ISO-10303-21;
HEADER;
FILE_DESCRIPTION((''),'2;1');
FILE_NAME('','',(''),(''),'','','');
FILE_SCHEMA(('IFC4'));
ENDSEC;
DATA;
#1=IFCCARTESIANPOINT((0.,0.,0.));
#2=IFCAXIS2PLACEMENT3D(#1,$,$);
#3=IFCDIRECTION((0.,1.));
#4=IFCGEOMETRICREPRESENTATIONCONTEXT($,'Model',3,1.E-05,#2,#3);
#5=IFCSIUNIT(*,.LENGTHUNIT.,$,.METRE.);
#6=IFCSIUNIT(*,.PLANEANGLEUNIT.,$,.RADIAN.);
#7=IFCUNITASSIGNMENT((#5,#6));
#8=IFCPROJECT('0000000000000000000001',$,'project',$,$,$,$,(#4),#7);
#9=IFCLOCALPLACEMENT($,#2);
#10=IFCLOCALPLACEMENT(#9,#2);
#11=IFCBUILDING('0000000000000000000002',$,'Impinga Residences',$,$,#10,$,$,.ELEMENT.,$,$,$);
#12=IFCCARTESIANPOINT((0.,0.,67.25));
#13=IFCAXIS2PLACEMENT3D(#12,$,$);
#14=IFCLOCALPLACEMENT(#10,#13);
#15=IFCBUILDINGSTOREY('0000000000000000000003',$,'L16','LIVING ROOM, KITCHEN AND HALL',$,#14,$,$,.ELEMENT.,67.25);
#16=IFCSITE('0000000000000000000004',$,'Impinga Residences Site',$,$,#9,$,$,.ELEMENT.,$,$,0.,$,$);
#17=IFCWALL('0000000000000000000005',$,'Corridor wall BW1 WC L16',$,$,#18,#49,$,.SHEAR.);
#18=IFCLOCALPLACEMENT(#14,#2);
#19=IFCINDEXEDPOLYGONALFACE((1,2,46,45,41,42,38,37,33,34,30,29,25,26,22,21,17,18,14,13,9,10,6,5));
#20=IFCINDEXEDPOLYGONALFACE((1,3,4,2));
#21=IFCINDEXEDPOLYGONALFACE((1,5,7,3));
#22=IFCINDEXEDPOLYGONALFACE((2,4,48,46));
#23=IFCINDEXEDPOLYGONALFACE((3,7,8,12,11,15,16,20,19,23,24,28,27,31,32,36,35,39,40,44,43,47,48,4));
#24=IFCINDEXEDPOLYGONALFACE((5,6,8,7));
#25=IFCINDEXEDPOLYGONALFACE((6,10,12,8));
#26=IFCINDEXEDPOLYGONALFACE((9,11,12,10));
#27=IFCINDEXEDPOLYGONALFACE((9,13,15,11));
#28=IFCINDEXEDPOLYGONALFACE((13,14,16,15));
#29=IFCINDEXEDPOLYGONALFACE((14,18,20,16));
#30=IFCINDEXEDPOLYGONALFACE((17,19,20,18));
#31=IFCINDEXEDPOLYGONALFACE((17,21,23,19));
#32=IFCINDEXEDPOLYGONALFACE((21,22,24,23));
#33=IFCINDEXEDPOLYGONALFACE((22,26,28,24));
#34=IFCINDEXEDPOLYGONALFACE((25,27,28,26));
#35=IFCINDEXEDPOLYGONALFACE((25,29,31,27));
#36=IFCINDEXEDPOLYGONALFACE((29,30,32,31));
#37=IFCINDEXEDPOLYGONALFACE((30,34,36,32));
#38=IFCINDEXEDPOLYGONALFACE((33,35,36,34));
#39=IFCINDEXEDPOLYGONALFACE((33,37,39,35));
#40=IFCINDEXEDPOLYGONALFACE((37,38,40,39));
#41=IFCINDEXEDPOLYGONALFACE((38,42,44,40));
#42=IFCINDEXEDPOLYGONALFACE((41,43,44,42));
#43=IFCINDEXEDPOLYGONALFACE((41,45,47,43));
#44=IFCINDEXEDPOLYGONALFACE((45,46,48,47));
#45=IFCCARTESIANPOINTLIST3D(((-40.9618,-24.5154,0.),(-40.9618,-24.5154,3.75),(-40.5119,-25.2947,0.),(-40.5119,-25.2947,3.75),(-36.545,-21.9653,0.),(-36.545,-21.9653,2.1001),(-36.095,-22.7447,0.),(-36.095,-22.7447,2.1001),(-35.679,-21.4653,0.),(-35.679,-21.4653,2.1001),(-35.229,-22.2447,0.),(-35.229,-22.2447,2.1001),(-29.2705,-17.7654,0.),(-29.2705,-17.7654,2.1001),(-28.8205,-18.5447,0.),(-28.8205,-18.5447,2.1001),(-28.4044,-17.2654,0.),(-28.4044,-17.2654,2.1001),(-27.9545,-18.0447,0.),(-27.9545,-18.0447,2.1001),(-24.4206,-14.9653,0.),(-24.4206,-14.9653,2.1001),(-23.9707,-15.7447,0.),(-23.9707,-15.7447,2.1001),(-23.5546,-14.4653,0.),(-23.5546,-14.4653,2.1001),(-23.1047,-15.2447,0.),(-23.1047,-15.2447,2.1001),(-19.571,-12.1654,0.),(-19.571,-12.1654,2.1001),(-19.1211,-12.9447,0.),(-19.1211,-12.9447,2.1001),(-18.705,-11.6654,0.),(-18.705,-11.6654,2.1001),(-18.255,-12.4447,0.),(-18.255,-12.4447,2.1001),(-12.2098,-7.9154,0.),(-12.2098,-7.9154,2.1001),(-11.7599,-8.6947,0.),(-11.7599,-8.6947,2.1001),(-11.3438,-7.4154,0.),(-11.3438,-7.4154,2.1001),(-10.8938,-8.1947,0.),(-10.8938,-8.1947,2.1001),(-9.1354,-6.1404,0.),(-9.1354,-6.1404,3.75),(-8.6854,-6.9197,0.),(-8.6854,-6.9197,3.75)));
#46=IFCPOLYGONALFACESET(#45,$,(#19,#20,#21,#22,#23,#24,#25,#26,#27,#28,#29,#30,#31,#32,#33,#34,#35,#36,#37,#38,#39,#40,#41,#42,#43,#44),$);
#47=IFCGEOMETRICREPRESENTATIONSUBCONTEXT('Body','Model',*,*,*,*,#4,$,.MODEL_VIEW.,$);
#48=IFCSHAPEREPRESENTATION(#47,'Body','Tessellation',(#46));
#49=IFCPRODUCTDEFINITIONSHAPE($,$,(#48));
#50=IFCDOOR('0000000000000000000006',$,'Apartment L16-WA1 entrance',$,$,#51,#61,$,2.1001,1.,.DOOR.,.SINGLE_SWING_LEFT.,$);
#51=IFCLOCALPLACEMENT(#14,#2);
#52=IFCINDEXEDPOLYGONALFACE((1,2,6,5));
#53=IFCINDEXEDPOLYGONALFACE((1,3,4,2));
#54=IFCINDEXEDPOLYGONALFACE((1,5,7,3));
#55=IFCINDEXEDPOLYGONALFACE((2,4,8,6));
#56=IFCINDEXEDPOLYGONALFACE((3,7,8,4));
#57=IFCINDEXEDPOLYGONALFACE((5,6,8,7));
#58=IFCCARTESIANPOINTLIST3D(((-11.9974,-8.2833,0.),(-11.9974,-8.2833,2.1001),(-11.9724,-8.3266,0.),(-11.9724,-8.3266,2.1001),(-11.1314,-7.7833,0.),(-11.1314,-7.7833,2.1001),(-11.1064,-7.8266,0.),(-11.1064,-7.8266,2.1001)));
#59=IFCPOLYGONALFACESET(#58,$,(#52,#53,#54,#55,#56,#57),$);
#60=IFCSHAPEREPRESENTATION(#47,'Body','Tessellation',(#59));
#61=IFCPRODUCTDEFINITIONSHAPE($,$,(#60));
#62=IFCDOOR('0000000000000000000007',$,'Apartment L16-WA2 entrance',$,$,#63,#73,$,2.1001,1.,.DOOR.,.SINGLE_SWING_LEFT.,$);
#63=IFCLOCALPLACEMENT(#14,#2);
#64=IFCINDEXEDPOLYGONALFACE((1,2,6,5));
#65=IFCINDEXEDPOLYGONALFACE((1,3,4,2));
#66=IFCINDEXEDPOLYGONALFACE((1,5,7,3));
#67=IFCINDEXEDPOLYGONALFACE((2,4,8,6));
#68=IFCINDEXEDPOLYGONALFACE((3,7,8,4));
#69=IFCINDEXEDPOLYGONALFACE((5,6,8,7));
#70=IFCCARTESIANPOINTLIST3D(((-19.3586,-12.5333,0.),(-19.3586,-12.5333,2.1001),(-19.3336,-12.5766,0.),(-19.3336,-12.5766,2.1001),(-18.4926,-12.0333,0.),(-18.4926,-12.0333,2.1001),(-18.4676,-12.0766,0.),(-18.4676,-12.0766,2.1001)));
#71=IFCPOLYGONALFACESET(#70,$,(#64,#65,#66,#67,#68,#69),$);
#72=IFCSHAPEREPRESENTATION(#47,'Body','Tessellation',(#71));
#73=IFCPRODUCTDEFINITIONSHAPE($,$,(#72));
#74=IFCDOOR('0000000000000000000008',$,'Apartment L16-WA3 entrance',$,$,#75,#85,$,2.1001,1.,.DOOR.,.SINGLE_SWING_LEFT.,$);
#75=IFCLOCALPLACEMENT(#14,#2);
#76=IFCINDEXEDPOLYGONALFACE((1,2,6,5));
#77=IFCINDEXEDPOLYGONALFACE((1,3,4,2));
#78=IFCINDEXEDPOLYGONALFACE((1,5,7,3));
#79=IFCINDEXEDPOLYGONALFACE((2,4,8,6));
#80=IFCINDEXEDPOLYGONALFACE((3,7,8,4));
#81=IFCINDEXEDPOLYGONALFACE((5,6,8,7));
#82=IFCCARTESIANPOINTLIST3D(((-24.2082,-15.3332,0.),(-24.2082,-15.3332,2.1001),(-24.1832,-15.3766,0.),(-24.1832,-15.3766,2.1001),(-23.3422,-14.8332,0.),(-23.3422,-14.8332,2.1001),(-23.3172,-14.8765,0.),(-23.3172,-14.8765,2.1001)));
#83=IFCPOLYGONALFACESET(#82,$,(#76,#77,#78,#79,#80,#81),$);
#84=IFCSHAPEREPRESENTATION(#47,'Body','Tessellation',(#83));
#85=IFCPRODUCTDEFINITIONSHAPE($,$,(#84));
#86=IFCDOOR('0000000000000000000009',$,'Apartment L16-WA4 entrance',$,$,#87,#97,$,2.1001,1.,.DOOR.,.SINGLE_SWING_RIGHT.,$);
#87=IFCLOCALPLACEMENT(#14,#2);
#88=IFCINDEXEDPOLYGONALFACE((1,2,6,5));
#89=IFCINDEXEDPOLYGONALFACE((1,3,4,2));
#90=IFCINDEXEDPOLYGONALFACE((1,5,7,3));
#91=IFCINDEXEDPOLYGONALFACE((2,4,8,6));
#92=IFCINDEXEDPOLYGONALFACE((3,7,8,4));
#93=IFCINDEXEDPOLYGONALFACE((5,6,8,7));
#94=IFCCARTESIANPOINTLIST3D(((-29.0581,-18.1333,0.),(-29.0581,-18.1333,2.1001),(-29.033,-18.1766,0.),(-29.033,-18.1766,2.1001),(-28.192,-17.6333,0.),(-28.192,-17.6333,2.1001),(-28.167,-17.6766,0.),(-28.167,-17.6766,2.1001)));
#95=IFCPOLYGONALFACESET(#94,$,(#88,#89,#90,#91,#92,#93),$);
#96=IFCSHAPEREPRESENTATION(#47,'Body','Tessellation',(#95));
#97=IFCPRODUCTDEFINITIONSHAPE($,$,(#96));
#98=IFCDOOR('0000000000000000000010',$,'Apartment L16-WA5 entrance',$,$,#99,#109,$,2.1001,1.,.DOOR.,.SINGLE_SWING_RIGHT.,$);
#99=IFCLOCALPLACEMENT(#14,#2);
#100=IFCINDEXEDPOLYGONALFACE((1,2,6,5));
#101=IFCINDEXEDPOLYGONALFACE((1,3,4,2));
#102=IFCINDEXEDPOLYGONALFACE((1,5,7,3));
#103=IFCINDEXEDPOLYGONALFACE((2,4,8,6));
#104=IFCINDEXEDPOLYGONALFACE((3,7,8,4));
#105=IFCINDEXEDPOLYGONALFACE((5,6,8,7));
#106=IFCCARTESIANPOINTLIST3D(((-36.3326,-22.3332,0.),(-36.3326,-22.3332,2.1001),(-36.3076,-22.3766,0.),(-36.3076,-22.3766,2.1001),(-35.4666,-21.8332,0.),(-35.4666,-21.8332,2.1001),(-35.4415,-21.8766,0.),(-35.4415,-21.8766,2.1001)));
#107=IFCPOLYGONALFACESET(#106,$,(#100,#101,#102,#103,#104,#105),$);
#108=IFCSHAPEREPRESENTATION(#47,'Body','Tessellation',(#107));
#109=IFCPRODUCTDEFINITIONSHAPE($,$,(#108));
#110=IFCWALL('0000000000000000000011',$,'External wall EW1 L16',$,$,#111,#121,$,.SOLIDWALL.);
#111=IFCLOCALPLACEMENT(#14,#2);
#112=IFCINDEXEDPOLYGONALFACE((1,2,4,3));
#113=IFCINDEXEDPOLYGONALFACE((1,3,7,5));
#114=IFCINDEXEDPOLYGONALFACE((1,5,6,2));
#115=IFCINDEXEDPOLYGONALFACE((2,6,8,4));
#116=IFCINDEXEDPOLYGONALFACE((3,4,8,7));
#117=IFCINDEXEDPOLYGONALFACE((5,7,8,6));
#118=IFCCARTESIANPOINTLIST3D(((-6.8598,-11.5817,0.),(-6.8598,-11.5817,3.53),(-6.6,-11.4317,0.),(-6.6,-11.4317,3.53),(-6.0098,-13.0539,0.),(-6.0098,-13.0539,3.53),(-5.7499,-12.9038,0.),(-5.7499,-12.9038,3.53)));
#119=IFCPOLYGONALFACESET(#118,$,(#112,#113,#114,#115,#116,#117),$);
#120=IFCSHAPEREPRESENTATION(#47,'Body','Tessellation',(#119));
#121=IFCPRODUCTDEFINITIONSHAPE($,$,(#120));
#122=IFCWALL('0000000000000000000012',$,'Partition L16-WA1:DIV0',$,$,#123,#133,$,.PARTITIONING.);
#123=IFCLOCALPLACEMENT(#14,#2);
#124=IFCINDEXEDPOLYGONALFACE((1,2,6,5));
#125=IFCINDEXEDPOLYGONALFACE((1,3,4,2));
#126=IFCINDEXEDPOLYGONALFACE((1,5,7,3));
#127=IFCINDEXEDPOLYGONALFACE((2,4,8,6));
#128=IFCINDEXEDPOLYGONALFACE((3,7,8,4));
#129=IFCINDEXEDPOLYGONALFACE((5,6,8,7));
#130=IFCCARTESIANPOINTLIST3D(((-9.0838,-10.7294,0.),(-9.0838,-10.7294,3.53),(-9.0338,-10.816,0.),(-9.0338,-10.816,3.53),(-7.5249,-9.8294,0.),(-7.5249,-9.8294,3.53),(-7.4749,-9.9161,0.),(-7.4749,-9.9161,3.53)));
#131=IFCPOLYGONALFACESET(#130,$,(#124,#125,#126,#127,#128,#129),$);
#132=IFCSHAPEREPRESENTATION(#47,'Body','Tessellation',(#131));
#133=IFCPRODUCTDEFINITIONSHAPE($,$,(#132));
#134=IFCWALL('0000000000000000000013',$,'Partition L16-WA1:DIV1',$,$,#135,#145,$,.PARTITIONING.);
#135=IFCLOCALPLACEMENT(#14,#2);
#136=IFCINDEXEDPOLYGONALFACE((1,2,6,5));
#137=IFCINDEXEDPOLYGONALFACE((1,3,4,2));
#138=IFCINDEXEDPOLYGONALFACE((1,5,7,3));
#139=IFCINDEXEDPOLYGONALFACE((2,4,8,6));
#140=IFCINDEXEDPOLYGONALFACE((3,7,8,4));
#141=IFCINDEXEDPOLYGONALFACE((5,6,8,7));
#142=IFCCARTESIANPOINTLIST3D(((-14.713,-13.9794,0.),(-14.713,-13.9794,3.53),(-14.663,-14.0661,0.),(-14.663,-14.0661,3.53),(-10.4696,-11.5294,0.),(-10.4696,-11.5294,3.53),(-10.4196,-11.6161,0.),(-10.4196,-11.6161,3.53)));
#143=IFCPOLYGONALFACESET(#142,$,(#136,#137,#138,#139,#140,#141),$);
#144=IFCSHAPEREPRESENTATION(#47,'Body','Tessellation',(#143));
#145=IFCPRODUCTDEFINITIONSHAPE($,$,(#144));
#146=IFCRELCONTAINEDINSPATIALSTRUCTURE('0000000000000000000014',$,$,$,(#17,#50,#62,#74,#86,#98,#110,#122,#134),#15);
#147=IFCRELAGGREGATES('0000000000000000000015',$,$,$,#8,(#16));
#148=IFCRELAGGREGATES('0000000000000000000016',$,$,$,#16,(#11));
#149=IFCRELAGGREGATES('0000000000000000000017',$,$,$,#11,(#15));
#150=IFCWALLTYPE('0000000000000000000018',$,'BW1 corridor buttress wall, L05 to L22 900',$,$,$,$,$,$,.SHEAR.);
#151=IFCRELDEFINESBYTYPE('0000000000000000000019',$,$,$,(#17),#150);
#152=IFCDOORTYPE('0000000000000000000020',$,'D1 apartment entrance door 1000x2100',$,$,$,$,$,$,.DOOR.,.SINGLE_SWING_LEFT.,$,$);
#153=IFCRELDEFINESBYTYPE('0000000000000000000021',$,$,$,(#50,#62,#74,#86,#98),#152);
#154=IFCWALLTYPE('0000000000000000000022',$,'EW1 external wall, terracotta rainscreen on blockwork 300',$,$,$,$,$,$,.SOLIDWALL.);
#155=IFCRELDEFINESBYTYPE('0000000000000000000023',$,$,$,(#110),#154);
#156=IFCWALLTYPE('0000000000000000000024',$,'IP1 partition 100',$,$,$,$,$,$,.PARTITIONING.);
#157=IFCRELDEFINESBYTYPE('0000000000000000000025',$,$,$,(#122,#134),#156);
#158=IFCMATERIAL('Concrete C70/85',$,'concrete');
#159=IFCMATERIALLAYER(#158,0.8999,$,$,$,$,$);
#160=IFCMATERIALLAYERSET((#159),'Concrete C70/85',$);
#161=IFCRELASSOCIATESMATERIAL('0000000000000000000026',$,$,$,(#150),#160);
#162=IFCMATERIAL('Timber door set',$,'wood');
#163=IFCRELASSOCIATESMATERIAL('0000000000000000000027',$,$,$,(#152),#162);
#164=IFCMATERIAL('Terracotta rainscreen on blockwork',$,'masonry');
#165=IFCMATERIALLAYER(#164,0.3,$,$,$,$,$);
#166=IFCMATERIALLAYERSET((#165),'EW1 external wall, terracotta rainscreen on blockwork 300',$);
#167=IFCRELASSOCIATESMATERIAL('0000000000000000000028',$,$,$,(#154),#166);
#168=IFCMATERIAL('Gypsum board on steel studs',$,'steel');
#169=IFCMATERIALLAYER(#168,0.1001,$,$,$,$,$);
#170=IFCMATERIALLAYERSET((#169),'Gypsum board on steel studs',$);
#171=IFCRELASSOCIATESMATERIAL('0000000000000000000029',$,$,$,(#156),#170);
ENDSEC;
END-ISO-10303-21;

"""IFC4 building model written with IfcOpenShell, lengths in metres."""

from ifc_helpers import new_model, si_unit, direction, frame, frame_2d, origin, place, context, subcontext, project, spatial, rectangle, extrude, material, layer, layer_set, type_object, element, fill, save


model = new_model("IFC4")

# Units and contexts
model_context = context("Model", 3, precision=1e-05, world=origin(), true_north=direction((0.0, 1.0)))
body_context = subcontext(model_context, "Body", "Model", "MODEL_VIEW")
ifc_project = project(units=[si_unit("LENGTHUNIT", "METRE"), si_unit("PLANEANGLEUNIT", "RADIAN")], contexts=[model_context])

# Site, building, storey
site_placement = place(None, origin())
site = spatial("IfcSite", under=ifc_project, at=site_placement, Name="Impinga Residences Site", CompositionType="ELEMENT", RefElevation=0.0)
building_placement = place(site_placement, origin())
building = spatial("IfcBuilding", under=site, at=building_placement, Name="Impinga Residences", CompositionType="ELEMENT")
storey_placement = place(building_placement, frame((0.0, 0.0, 67.25)))
storey = spatial("IfcBuildingStorey", under=building, at=storey_placement, Name="L16", Description="LIVING ROOM, KITCHEN AND HALL", CompositionType="ELEMENT", Elevation=67.25)

# Wall, openings, doors
ifc_material_1 = material(Name="Concrete C70/85", Category="concrete")
ifc_layer_1 = layer(ifc_material_1, 0.8999)
ifc_layer_set_1 = layer_set([ifc_layer_1], Name="Concrete C70/85")
wall_type_1 = type_object("IfcWallType", Name="BW1 corridor buttress wall, L05 to L22 900", PredefinedType="SHEAR", material=ifc_layer_set_1)
wall_1_placement = place(storey_placement, frame((-8.9104, -6.53, 0.0), z_axis=(0.0, 0.0, 1.0), x_axis=(-0.866025, -0.5, 0.0)))
wall_1 = element("IfcWall", 1, at=wall_1_placement, inside=storey, type_object=wall_type_1, Name="Corridor wall BW1 WC L16", PredefinedType="SHEAR", context=body_context, shape_type="SweptSolid", body=[
    extrude(rectangle(XDim=36.75, YDim=0.8999, at=frame_2d((18.375, 0.0))), origin(), (0.0, 0.0, 1.0), 3.75),
])
opening_1_placement = place(wall_1_placement, frame((2.55, 0.0, 0.0)))
opening_1 = element("IfcOpeningElement", 2, at=opening_1_placement, cuts=wall_1, PredefinedType="OPENING", context=body_context, shape_type="SweptSolid", body=[
    extrude(rectangle(XDim=1.0, YDim=2.1001, at=frame_2d((0.5, 1.05))), frame((0.0, 0.46, 0.0), z_axis=(0.0, -1.0, 0.0), x_axis=(1.0, 0.0, 0.0)), (0.0, 0.0, 1.0), 0.9199),
])
opening_2_placement = place(wall_1_placement, frame((11.05, 0.0, 0.0)))
opening_2 = element("IfcOpeningElement", 3, at=opening_2_placement, cuts=wall_1, PredefinedType="OPENING", context=body_context, shape_type="SweptSolid", body=[
    extrude(rectangle(XDim=1.0, YDim=2.1001, at=frame_2d((0.5, 1.05))), frame((0.0, 0.46, 0.0), z_axis=(0.0, -1.0, 0.0), x_axis=(1.0, 0.0, 0.0)), (0.0, 0.0, 1.0), 0.9199),
])
opening_3_placement = place(wall_1_placement, frame((16.6499, 0.0, 0.0)))
opening_3 = element("IfcOpeningElement", 4, at=opening_3_placement, cuts=wall_1, PredefinedType="OPENING", context=body_context, shape_type="SweptSolid", body=[
    extrude(rectangle(XDim=1.0, YDim=2.1001, at=frame_2d((0.5, 1.05))), frame((0.0, 0.46, 0.0), z_axis=(0.0, -1.0, 0.0), x_axis=(1.0, 0.0, 0.0)), (0.0, 0.0, 1.0), 0.9199),
])
opening_4_placement = place(wall_1_placement, frame((22.25, 0.0, 0.0)))
opening_4 = element("IfcOpeningElement", 5, at=opening_4_placement, cuts=wall_1, PredefinedType="OPENING", context=body_context, shape_type="SweptSolid", body=[
    extrude(rectangle(XDim=1.0, YDim=2.1001, at=frame_2d((0.5, 1.05))), frame((0.0, 0.46, 0.0), z_axis=(0.0, -1.0, 0.0), x_axis=(1.0, 0.0, 0.0)), (0.0, 0.0, 1.0), 0.9199),
])
opening_5_placement = place(wall_1_placement, frame((30.6499, 0.0, 0.0)))
opening_5 = element("IfcOpeningElement", 6, at=opening_5_placement, cuts=wall_1, PredefinedType="OPENING", context=body_context, shape_type="SweptSolid", body=[
    extrude(rectangle(XDim=1.0, YDim=2.1001, at=frame_2d((0.5, 1.05))), frame((0.0, 0.46, 0.0), z_axis=(0.0, -1.0, 0.0), x_axis=(1.0, 0.0, 0.0)), (0.0, 0.0, 1.0), 0.9199),
])
ifc_material_2 = material(Name="Timber door set", Category="wood")
door_type_1 = type_object("IfcDoorType", Name="D1 apartment entrance door 1000x2100", OperationType="SINGLE_SWING_LEFT", PredefinedType="DOOR", material=ifc_material_2)
door_1_placement = place(opening_1_placement, origin())
door_1 = element("IfcDoor", 7, at=door_1_placement, inside=storey, type_object=door_type_1, Name="Apartment L16-WA1 entrance", OperationType="SINGLE_SWING_LEFT", OverallHeight=2.1001, OverallWidth=1.0, PredefinedType="DOOR", context=body_context, shape_type="SweptSolid", body=[
    extrude(rectangle(XDim=1.0, YDim=2.1001, at=frame_2d((0.5, 1.05))), frame((0.0, 0.0249, 0.0), z_axis=(0.0, -1.0, 0.0), x_axis=(1.0, 0.0, 0.0)), (0.0, 0.0, 1.0), 0.05),
])
fill(opening_1, door_1)
door_2_placement = place(opening_2_placement, origin())
door_2 = element("IfcDoor", 8, at=door_2_placement, inside=storey, type_object=door_type_1, Name="Apartment L16-WA2 entrance", OperationType="SINGLE_SWING_LEFT", OverallHeight=2.1001, OverallWidth=1.0, PredefinedType="DOOR", context=body_context, shape_type="SweptSolid", body=[
    extrude(rectangle(XDim=1.0, YDim=2.1001, at=frame_2d((0.5, 1.05))), frame((0.0, 0.0249, 0.0), z_axis=(0.0, -1.0, 0.0), x_axis=(1.0, 0.0, 0.0)), (0.0, 0.0, 1.0), 0.05),
])
fill(opening_2, door_2)
door_3_placement = place(opening_3_placement, origin())
door_3 = element("IfcDoor", 9, at=door_3_placement, inside=storey, type_object=door_type_1, Name="Apartment L16-WA3 entrance", OperationType="SINGLE_SWING_LEFT", OverallHeight=2.1001, OverallWidth=1.0, PredefinedType="DOOR", context=body_context, shape_type="SweptSolid", body=[
    extrude(rectangle(XDim=1.0, YDim=2.1001, at=frame_2d((0.5, 1.05))), frame((0.0, 0.0249, 0.0), z_axis=(0.0, -1.0, 0.0), x_axis=(1.0, 0.0, 0.0)), (0.0, 0.0, 1.0), 0.05),
])
fill(opening_3, door_3)
door_4_placement = place(opening_4_placement, origin())
door_4 = element("IfcDoor", 10, at=door_4_placement, inside=storey, type_object=door_type_1, Name="Apartment L16-WA4 entrance", OperationType="SINGLE_SWING_RIGHT", OverallHeight=2.1001, OverallWidth=1.0, PredefinedType="DOOR", context=body_context, shape_type="SweptSolid", body=[
    extrude(rectangle(XDim=1.0, YDim=2.1001, at=frame_2d((0.5, 1.05))), frame((0.0, 0.0249, 0.0), z_axis=(0.0, -1.0, 0.0), x_axis=(1.0, 0.0, 0.0)), (0.0, 0.0, 1.0), 0.05),
])
fill(opening_4, door_4)
door_5_placement = place(opening_5_placement, origin())
door_5 = element("IfcDoor", 11, at=door_5_placement, inside=storey, type_object=door_type_1, Name="Apartment L16-WA5 entrance", OperationType="SINGLE_SWING_RIGHT", OverallHeight=2.1001, OverallWidth=1.0, PredefinedType="DOOR", context=body_context, shape_type="SweptSolid", body=[
    extrude(rectangle(XDim=1.0, YDim=2.1001, at=frame_2d((0.5, 1.05))), frame((0.0, 0.0249, 0.0), z_axis=(0.0, -1.0, 0.0), x_axis=(1.0, 0.0, 0.0)), (0.0, 0.0, 1.0), 0.05),
])
fill(opening_5, door_5)

# Walls
ifc_material_3 = material(Name="Terracotta rainscreen on blockwork", Category="masonry")
ifc_layer_2 = layer(ifc_material_3, 0.3)
ifc_layer_set_2 = layer_set([ifc_layer_2], Name="EW1 external wall, terracotta rainscreen on blockwork 300")
wall_type_2 = type_object("IfcWallType", Name="EW1 external wall, terracotta rainscreen on blockwork 300", PredefinedType="SOLIDWALL", material=ifc_layer_set_2)
wall_2_placement = place(storey_placement, frame((-6.73, -11.5066, 0.0), z_axis=(0.0, 0.0, 1.0), x_axis=(0.500062, -0.865989, 0.0)))
element("IfcWall", 12, at=wall_2_placement, inside=storey, type_object=wall_type_2, Name="External wall EW1 L16", PredefinedType="SOLIDWALL", context=body_context, shape_type="SweptSolid", body=[
    extrude(rectangle(XDim=1.7, YDim=0.3, at=frame_2d((0.8501, 0.0))), origin(), (0.0, 0.0, 1.0), 3.53),
])
ifc_material_4 = material(Name="Gypsum board on steel studs", Category="steel")
ifc_layer_3 = layer(ifc_material_4, 0.1001)
ifc_layer_set_3 = layer_set([ifc_layer_3], Name="Gypsum board on steel studs")
wall_type_3 = type_object("IfcWallType", Name="IP1 partition 100", PredefinedType="PARTITIONING", material=ifc_layer_set_3)
wall_3_placement = place(storey_placement, frame((-7.5, -9.8728, 0.0), z_axis=(0.0, 0.0, 1.0), x_axis=(-0.866048, -0.499961, 0.0)))
element("IfcWall", 13, at=wall_3_placement, inside=storey, type_object=wall_type_3, Name="Partition L16-WA1:DIV0", PredefinedType="PARTITIONING", context=body_context, shape_type="SweptSolid", body=[
    extrude(rectangle(XDim=1.8, YDim=0.1001, at=frame_2d((0.8999, 0.0))), origin(), (0.0, 0.0, 1.0), 3.53),
])
wall_4_placement = place(storey_placement, frame((-10.4446, -11.5728, 0.0), z_axis=(0.0, 0.0, 1.0), x_axis=(-0.866024, -0.500003, 0.0)))
element("IfcWall", 14, at=wall_4_placement, inside=storey, type_object=wall_type_3, Name="Partition L16-WA1:DIV1", PredefinedType="PARTITIONING", context=body_context, shape_type="SweptSolid", body=[
    extrude(rectangle(XDim=4.8999, YDim=0.1001, at=frame_2d((2.45, 0.0))), origin(), (0.0, 0.0, 1.0), 3.53),
])

save(model, "model.ifc")
